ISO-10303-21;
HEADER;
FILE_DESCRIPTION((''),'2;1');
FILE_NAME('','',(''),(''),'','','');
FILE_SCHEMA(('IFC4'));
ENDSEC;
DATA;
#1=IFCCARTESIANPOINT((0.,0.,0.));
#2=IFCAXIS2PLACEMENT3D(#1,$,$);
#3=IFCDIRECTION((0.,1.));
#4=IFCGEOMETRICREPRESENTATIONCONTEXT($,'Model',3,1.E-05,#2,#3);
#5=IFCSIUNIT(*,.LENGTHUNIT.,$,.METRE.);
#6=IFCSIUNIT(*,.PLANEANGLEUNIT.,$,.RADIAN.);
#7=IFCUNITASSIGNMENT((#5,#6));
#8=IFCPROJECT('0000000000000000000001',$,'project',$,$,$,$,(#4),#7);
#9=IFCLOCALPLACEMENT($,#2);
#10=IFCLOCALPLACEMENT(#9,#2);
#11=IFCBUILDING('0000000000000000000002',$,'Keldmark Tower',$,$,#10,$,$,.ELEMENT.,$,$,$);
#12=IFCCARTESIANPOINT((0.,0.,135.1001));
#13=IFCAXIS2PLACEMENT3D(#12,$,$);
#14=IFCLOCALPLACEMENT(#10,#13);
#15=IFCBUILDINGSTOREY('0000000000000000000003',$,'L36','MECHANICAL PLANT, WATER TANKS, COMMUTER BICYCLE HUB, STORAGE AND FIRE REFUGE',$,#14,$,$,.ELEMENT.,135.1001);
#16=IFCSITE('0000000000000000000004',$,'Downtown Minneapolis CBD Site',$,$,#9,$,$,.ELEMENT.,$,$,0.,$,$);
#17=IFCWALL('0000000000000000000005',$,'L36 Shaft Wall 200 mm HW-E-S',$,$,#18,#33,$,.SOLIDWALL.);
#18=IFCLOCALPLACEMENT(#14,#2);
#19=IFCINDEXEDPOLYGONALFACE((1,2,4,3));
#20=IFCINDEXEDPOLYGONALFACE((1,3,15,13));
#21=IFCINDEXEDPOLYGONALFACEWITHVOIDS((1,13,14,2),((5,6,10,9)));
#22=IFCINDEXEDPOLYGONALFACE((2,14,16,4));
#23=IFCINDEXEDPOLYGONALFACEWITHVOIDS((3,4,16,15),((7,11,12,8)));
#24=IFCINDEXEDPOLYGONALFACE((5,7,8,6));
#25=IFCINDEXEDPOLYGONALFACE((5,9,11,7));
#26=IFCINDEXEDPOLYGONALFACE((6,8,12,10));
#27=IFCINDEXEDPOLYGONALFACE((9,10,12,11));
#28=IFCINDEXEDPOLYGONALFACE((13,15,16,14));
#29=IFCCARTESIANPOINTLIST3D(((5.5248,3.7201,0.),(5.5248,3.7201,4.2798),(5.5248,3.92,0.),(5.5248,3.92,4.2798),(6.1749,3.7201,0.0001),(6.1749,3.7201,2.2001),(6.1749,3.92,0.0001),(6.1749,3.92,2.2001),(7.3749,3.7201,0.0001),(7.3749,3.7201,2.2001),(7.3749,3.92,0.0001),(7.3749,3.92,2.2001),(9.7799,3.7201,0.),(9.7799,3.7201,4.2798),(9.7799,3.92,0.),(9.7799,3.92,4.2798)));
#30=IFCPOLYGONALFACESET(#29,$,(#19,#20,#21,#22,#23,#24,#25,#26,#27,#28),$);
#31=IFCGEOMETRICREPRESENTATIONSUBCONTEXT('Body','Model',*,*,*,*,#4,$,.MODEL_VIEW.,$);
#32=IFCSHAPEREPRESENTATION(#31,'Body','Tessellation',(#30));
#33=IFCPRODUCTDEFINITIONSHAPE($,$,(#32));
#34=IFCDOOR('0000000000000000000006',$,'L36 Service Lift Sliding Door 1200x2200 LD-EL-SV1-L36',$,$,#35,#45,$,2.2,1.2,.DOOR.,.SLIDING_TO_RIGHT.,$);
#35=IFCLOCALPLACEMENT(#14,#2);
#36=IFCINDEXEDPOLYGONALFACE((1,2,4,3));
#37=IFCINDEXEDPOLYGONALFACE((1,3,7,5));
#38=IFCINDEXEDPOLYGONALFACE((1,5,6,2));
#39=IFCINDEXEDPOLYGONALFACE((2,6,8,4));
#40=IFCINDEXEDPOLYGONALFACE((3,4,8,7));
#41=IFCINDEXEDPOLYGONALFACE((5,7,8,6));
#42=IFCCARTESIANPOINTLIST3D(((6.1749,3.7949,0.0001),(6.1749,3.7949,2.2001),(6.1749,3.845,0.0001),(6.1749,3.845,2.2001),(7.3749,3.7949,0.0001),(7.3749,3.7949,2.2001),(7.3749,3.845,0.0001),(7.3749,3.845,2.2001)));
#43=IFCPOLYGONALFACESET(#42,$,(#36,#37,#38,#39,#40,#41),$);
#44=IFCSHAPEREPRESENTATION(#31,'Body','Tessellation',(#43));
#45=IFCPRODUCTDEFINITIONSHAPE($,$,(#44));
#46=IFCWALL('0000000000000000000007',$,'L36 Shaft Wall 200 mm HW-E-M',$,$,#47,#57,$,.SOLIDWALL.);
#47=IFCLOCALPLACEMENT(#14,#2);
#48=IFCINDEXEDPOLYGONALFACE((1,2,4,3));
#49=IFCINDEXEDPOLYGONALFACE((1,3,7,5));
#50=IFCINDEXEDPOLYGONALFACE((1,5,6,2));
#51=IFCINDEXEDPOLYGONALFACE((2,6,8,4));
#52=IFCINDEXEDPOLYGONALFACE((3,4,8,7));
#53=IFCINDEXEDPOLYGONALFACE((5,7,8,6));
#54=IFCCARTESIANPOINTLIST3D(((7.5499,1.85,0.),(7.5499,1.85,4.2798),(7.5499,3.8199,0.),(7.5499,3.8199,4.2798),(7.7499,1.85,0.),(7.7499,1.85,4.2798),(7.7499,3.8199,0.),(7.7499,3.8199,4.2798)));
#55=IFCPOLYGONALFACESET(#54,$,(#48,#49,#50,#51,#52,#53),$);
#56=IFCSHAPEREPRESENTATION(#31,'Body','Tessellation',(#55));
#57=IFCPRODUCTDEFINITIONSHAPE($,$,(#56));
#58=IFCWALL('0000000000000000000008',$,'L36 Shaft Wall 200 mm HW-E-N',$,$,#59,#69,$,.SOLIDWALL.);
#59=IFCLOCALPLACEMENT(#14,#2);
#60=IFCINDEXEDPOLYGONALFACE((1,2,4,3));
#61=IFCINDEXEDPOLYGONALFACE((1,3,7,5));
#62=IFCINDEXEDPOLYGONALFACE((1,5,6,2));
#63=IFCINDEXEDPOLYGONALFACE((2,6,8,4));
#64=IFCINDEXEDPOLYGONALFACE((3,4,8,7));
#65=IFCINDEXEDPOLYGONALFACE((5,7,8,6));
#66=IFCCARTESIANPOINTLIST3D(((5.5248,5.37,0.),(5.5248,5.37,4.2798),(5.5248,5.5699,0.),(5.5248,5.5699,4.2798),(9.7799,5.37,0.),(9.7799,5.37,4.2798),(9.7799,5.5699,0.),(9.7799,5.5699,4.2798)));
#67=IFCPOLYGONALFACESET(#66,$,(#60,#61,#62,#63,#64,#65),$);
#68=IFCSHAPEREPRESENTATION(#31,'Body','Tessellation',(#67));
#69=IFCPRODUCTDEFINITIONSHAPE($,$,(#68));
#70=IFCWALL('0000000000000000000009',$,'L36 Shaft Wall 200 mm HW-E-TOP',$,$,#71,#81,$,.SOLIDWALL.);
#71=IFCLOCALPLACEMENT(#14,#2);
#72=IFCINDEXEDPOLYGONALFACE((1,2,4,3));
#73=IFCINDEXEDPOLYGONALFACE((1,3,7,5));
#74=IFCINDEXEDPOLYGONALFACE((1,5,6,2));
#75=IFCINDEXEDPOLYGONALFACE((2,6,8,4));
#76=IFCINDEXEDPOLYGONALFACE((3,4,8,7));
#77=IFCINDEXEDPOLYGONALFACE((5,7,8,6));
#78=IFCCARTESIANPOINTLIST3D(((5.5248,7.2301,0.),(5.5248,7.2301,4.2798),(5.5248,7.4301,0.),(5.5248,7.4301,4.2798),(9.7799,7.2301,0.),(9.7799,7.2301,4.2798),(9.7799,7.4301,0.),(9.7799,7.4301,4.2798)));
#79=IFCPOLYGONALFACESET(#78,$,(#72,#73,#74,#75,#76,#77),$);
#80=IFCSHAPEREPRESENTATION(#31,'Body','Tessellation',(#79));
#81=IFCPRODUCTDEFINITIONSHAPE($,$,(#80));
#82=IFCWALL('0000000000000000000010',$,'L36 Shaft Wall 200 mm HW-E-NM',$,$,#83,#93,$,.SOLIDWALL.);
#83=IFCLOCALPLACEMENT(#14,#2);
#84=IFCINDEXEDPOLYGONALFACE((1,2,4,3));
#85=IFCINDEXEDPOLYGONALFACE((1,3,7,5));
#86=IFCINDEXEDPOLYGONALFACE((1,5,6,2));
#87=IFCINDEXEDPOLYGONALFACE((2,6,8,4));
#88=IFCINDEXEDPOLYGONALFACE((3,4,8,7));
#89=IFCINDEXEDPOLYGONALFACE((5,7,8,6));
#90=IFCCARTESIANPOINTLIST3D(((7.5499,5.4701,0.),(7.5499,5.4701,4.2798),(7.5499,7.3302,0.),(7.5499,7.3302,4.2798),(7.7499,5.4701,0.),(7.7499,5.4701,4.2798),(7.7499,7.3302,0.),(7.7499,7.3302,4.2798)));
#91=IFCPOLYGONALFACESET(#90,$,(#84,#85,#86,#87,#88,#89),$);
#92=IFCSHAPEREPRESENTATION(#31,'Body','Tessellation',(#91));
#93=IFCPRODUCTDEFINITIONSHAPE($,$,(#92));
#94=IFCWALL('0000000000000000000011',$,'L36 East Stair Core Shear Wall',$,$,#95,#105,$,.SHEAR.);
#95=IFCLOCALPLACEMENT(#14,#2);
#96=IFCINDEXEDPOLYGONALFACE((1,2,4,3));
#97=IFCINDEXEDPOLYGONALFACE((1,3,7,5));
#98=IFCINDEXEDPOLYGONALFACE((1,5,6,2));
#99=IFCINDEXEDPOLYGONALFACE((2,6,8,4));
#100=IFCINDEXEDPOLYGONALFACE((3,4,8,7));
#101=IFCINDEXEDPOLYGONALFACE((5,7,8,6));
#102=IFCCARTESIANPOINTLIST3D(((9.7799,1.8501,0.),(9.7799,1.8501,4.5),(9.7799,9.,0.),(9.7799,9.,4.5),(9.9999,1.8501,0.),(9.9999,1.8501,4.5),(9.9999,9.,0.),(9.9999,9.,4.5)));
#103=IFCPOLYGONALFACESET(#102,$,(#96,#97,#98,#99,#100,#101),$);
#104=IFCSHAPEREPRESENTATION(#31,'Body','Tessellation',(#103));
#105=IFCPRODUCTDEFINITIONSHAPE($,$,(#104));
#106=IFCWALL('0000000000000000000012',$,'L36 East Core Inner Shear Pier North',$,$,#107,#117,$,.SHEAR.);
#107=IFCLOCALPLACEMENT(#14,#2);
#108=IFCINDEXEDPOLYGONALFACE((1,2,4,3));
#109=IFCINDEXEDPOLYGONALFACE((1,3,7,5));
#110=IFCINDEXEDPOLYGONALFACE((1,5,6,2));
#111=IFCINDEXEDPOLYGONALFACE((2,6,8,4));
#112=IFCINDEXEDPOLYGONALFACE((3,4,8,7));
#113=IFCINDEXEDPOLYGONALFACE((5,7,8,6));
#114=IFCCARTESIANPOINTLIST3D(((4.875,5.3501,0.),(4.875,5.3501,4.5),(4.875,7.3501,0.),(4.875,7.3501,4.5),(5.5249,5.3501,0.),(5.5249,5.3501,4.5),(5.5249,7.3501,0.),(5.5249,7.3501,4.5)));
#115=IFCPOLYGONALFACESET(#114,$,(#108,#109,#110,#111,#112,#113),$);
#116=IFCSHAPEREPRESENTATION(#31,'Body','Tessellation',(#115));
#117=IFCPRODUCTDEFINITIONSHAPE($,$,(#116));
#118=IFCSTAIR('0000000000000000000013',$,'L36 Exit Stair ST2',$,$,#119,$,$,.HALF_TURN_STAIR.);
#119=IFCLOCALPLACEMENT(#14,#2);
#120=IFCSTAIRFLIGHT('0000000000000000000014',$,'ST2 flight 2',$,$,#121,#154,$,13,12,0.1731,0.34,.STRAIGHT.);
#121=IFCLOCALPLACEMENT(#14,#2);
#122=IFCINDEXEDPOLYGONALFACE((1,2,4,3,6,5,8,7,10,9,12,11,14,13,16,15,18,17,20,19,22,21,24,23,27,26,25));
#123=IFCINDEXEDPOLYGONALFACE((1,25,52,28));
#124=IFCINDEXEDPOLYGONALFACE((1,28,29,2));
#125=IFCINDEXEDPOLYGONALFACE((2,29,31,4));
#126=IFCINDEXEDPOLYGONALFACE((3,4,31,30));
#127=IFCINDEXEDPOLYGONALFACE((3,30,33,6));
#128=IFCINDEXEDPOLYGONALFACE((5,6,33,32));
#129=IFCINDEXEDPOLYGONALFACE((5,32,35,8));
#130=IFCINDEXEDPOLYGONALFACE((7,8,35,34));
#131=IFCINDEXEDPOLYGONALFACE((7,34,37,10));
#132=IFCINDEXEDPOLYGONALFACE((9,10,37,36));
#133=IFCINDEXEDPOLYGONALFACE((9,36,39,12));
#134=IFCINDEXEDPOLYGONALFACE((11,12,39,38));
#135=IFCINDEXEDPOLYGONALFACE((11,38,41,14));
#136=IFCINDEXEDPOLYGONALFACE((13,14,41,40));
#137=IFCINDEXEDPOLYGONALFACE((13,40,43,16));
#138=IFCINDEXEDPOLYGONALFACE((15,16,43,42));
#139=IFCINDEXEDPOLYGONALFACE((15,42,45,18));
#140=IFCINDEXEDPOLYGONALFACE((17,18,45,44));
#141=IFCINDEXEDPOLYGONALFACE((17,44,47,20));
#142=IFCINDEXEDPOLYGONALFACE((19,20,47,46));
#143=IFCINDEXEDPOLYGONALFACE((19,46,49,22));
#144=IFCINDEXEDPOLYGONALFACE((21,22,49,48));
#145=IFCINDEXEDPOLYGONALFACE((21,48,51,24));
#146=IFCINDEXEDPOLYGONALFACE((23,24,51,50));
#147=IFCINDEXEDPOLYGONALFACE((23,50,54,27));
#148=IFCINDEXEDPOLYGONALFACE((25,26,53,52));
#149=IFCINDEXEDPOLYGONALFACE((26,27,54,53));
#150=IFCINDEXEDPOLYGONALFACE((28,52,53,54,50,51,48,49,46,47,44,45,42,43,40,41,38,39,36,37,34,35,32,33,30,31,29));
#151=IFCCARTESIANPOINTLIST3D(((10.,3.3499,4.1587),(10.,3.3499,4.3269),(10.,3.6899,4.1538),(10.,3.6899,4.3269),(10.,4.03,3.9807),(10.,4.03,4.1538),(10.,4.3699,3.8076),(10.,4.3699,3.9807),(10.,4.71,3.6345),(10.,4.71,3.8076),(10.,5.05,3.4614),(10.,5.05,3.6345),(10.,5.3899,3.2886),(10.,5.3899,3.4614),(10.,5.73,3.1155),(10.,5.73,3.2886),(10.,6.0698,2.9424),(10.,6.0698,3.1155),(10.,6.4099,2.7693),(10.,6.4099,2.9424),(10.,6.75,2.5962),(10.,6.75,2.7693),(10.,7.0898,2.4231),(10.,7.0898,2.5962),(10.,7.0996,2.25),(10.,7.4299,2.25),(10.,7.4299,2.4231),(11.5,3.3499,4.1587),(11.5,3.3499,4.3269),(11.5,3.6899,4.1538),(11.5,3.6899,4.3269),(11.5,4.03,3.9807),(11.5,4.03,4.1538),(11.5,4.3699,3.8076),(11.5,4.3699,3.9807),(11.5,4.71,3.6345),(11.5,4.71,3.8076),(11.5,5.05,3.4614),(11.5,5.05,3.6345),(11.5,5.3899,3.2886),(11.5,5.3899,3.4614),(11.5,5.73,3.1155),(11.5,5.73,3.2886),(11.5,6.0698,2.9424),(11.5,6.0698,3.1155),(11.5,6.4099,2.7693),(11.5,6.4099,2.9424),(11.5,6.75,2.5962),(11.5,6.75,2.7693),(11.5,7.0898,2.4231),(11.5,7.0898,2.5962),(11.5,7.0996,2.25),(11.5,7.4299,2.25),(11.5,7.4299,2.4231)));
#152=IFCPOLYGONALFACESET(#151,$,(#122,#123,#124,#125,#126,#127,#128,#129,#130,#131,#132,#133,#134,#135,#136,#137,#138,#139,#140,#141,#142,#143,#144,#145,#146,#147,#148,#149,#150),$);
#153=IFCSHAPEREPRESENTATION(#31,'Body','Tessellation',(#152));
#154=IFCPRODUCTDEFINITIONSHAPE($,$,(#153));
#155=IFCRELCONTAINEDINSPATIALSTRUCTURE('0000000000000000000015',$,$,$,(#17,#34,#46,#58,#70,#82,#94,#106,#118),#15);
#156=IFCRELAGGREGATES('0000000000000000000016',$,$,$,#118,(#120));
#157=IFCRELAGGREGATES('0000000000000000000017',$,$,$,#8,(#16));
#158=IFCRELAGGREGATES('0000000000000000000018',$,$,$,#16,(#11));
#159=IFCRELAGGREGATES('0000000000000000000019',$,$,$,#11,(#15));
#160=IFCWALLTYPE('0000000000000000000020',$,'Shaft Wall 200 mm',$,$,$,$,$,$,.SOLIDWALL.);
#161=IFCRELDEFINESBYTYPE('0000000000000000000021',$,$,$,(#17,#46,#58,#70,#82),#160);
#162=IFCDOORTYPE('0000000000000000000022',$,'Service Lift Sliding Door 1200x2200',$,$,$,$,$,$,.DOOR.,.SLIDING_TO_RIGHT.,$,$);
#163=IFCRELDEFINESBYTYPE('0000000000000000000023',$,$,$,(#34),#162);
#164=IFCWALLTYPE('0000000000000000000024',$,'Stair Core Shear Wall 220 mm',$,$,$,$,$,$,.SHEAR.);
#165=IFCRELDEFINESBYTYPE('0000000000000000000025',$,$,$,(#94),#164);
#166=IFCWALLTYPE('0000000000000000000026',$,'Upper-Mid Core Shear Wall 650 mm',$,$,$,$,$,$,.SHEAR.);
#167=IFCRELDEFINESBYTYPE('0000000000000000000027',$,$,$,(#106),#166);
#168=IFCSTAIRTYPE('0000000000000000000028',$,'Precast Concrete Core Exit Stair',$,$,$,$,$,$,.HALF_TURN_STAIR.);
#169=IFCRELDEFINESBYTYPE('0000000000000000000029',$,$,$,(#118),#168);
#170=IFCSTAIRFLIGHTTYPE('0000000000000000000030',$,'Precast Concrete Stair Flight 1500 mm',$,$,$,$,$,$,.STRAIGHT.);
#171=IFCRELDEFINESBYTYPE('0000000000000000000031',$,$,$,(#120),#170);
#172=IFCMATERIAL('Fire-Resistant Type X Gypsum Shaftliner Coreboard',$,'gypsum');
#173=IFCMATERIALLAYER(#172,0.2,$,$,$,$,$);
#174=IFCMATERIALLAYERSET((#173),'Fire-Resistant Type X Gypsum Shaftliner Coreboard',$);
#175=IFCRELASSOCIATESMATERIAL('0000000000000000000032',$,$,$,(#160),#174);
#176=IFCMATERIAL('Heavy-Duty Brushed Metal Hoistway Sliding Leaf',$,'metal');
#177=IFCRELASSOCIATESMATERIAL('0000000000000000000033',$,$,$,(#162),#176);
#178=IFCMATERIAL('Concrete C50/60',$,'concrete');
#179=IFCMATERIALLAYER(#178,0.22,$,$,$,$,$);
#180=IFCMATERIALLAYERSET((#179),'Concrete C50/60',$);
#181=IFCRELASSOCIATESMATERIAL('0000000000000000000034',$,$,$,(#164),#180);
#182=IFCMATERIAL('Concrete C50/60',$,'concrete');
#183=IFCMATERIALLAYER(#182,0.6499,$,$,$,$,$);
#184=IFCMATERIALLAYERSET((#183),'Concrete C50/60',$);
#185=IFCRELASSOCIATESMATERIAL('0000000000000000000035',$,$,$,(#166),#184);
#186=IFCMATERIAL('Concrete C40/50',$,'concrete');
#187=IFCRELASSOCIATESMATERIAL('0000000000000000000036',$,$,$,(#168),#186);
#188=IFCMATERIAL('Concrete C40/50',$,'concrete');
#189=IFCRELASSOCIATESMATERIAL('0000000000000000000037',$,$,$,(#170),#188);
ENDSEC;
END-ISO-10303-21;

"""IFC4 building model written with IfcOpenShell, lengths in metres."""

from ifc_helpers import new_model, si_unit, direction, frame, frame_2d, origin, place, context, subcontext, project, spatial, polyline, rectangle, outline, extrude, material, layer, layer_set, type_object, element, fill, aggregate, save


model = new_model("IFC4")

# Units and contexts
model_context = context("Model", 3, precision=1e-05, world=origin(), true_north=direction((0.0, 1.0)))
body_context = subcontext(model_context, "Body", "Model", "MODEL_VIEW")
ifc_project = project(units=[si_unit("LENGTHUNIT", "METRE"), si_unit("PLANEANGLEUNIT", "RADIAN")], contexts=[model_context])

# Site, building, storey
site_placement = place(None, origin())
site = spatial("IfcSite", under=ifc_project, at=site_placement, Name="Downtown Minneapolis CBD Site", CompositionType="ELEMENT", RefElevation=0.0)
building_placement = place(site_placement, origin())
building = spatial("IfcBuilding", under=site, at=building_placement, Name="Keldmark Tower", CompositionType="ELEMENT")
storey_placement = place(building_placement, frame((0.0, 0.0, 135.1001)))
storey = spatial("IfcBuildingStorey", under=building, at=storey_placement, Name="L36", Description="MECHANICAL PLANT, WATER TANKS, COMMUTER BICYCLE HUB, STORAGE AND FIRE REFUGE", CompositionType="ELEMENT", Elevation=135.1001)

# Wall, opening, door
ifc_material_1 = material(Name="Fire-Resistant Type X Gypsum Shaftliner Coreboard", Category="gypsum")
ifc_layer_1 = layer(ifc_material_1, 0.2)
ifc_layer_set_1 = layer_set([ifc_layer_1], Name="Fire-Resistant Type X Gypsum Shaftliner Coreboard")
wall_type_1 = type_object("IfcWallType", Name="Shaft Wall 200 mm", PredefinedType="SOLIDWALL", material=ifc_layer_set_1)
wall_1_placement = place(storey_placement, frame((5.5249, 3.8201, 0.0), z_axis=(0.0, 0.0, 1.0), x_axis=(1.0, 0.0, 0.0)))
wall_1 = element("IfcWall", 1, at=wall_1_placement, inside=storey, type_object=wall_type_1, Name="L36 Shaft Wall 200 mm HW-E-S", PredefinedType="SOLIDWALL", context=body_context, shape_type="SweptSolid", body=[
    extrude(rectangle(XDim=4.2551, YDim=0.2, at=frame_2d((2.1274, 0.0))), origin(), (0.0, 0.0, 1.0), 4.2798),
])
opening_placement = place(wall_1_placement, frame((0.6499, 0.0, 0.0)))
opening = element("IfcOpeningElement", 2, at=opening_placement, cuts=wall_1, PredefinedType="OPENING", context=body_context, shape_type="SweptSolid", body=[
    extrude(rectangle(XDim=1.2, YDim=2.2, at=frame_2d((0.6001, 1.1001))), frame((0.0, 0.1099, 0.0), z_axis=(0.0, -1.0, 0.0), x_axis=(1.0, 0.0, 0.0)), (0.0, 0.0, 1.0), 0.22),
])
ifc_material_2 = material(Name="Heavy-Duty Brushed Metal Hoistway Sliding Leaf", Category="metal")
door_type = type_object("IfcDoorType", Name="Service Lift Sliding Door 1200x2200", OperationType="SLIDING_TO_RIGHT", PredefinedType="DOOR", material=ifc_material_2)
door_placement = place(opening_placement, origin())
door = element("IfcDoor", 3, at=door_placement, inside=storey, type_object=door_type, Name="L36 Service Lift Sliding Door 1200x2200 LD-EL-SV1-L36", OperationType="SLIDING_TO_RIGHT", OverallHeight=2.2, OverallWidth=1.2, PredefinedType="DOOR", context=body_context, shape_type="SweptSolid", body=[
    extrude(rectangle(XDim=1.2, YDim=2.2, at=frame_2d((0.6001, 1.1001))), frame((0.0, 0.0249, 0.0), z_axis=(0.0, -1.0, 0.0), x_axis=(1.0, 0.0, 0.0)), (0.0, 0.0, 1.0), 0.05),
])
fill(opening, door)

# Walls
wall_2_placement = place(storey_placement, frame((7.6499, 1.8501, 0.0), z_axis=(0.0, 0.0, 1.0), x_axis=(0.0, 1.0, 0.0)))
element("IfcWall", 4, at=wall_2_placement, inside=storey, type_object=wall_type_1, Name="L36 Shaft Wall 200 mm HW-E-M", PredefinedType="SOLIDWALL", context=body_context, shape_type="SweptSolid", body=[
    extrude(rectangle(XDim=1.97, YDim=0.2, at=frame_2d((0.9849, 0.0))), origin(), (0.0, 0.0, 1.0), 4.2798),
])
for number, where, z_axis, x_axis, name in (
    (5, (5.5249, 5.47, 0.0), (0.0, 0.0, 1.0), (1.0, 0.0, 0.0), "L36 Shaft Wall 200 mm HW-E-N"),
    (6, (5.5249, 7.3301, 0.0), (0.0, 0.0, 1.0), (1.0, 0.0, 0.0), "L36 Shaft Wall 200 mm HW-E-TOP"),
):
    element("IfcWall", number, at=place(storey_placement, frame(where, z_axis=z_axis, x_axis=x_axis)), inside=storey, type_object=wall_type_1, Name=name, PredefinedType="SOLIDWALL", context=body_context, shape_type="SweptSolid", body=[
        extrude(rectangle(XDim=4.2551, YDim=0.2, at=frame_2d((2.1274, 0.0))), origin(), (0.0, 0.0, 1.0), 4.2798),
    ])
wall_3_placement = place(storey_placement, frame((7.6499, 5.47, 0.0), z_axis=(0.0, 0.0, 1.0), x_axis=(0.0, 1.0, 0.0)))
element("IfcWall", 7, at=wall_3_placement, inside=storey, type_object=wall_type_1, Name="L36 Shaft Wall 200 mm HW-E-NM", PredefinedType="SOLIDWALL", context=body_context, shape_type="SweptSolid", body=[
    extrude(rectangle(XDim=1.8601, YDim=0.2, at=frame_2d((0.9302, 0.0))), origin(), (0.0, 0.0, 1.0), 4.2798),
])
ifc_material_3 = material(Name="Concrete C50/60", Category="concrete")
ifc_layer_2 = layer(ifc_material_3, 0.22)
ifc_layer_set_2 = layer_set([ifc_layer_2], Name="Concrete C50/60")
wall_type_2 = type_object("IfcWallType", Name="Stair Core Shear Wall 220 mm", PredefinedType="SHEAR", material=ifc_layer_set_2)
wall_4_placement = place(storey_placement, frame((9.8899, 1.8501, 0.0), z_axis=(0.0, 0.0, 1.0), x_axis=(0.0, 1.0, 0.0)))
element("IfcWall", 8, at=wall_4_placement, inside=storey, type_object=wall_type_2, Name="L36 East Stair Core Shear Wall", PredefinedType="SHEAR", context=body_context, shape_type="SweptSolid", body=[
    extrude(rectangle(XDim=7.1499, YDim=0.22, at=frame_2d((3.575, 0.0))), origin(), (0.0, 0.0, 1.0), 4.5),
])
ifc_material_4 = material(Name="Concrete C50/60", Category="concrete")
ifc_layer_3 = layer(ifc_material_4, 0.6499)
ifc_layer_set_3 = layer_set([ifc_layer_3], Name="Concrete C50/60")
wall_type_3 = type_object("IfcWallType", Name="Upper-Mid Core Shear Wall 650 mm", PredefinedType="SHEAR", material=ifc_layer_set_3)
wall_5_placement = place(storey_placement, frame((5.2, 5.3501, 0.0), z_axis=(0.0, 0.0, 1.0), x_axis=(0.0, 1.0, 0.0)))
element("IfcWall", 9, at=wall_5_placement, inside=storey, type_object=wall_type_3, Name="L36 East Core Inner Shear Pier North", PredefinedType="SHEAR", context=body_context, shape_type="SweptSolid", body=[
    extrude(rectangle(XDim=2.0, YDim=0.6499, at=frame_2d((1.0, 0.0))), origin(), (0.0, 0.0, 1.0), 4.5),
])

# Stair, stair flight
ifc_material_5 = material(Name="Concrete C40/50", Category="concrete")
stair_type = type_object("IfcStairType", Name="Precast Concrete Core Exit Stair", PredefinedType="HALF_TURN_STAIR", material=ifc_material_5)
stair_placement = place(storey_placement, origin())
stair = element("IfcStair", 10, at=stair_placement, inside=storey, type_object=stair_type, Name="L36 Exit Stair ST2", PredefinedType="HALF_TURN_STAIR")
ifc_material_6 = material(Name="Concrete C40/50", Category="concrete")
stair_flight_type = type_object("IfcStairFlightType", Name="Precast Concrete Stair Flight 1500 mm", PredefinedType="STRAIGHT", material=ifc_material_6)
stair_flight_placement = place(storey_placement, frame((10.75, 7.4299, 2.25), z_axis=(0.0, 0.0, 1.0), x_axis=(0.0, -1.0, 0.0)))
stair_flight = element("IfcStairFlight", 11, at=stair_flight_placement, type_object=stair_flight_type, Name="ST2 flight 2", NumberOfRisers=13, NumberOfTreads=12, PredefinedType="STRAIGHT", RiserHeight=0.1731, TreadLength=0.34, context=body_context, shape_type="SweptSolid", body=[
    extrude(outline(polyline([(0.0, 0.0), (0.0, 0.1731), (0.3401, 0.1731), (0.3401, 0.3462), (0.6799, 0.3462), (0.6799, 0.5193), (1.02, 0.5193), (1.02, 0.6924), (1.3601, 0.6924), (1.3601, 0.8655), (1.7, 0.8655), (1.7, 1.0386), (2.04, 1.0386), (2.04, 1.2114), (2.3799, 1.2114), (2.3799, 1.3845), (2.72, 1.3845), (2.72, 1.5576), (3.0601, 1.5576), (3.0601, 1.7307), (3.3999, 1.7307), (3.3999, 1.9038), (3.74, 1.9038), (3.74, 2.0769), (4.0801, 2.0769), (4.0801, 2.25), (4.0801, 1.9087), (0.3303, 0.0), (0.0, 0.0)])), frame((0.0, 0.75, 0.0), z_axis=(0.0, -1.0, 0.0), x_axis=(1.0, 0.0, 0.0)), (0.0, 0.0, 1.0), 1.5),
])
aggregate(stair, [stair_flight])

save(model, "model.ifc")
